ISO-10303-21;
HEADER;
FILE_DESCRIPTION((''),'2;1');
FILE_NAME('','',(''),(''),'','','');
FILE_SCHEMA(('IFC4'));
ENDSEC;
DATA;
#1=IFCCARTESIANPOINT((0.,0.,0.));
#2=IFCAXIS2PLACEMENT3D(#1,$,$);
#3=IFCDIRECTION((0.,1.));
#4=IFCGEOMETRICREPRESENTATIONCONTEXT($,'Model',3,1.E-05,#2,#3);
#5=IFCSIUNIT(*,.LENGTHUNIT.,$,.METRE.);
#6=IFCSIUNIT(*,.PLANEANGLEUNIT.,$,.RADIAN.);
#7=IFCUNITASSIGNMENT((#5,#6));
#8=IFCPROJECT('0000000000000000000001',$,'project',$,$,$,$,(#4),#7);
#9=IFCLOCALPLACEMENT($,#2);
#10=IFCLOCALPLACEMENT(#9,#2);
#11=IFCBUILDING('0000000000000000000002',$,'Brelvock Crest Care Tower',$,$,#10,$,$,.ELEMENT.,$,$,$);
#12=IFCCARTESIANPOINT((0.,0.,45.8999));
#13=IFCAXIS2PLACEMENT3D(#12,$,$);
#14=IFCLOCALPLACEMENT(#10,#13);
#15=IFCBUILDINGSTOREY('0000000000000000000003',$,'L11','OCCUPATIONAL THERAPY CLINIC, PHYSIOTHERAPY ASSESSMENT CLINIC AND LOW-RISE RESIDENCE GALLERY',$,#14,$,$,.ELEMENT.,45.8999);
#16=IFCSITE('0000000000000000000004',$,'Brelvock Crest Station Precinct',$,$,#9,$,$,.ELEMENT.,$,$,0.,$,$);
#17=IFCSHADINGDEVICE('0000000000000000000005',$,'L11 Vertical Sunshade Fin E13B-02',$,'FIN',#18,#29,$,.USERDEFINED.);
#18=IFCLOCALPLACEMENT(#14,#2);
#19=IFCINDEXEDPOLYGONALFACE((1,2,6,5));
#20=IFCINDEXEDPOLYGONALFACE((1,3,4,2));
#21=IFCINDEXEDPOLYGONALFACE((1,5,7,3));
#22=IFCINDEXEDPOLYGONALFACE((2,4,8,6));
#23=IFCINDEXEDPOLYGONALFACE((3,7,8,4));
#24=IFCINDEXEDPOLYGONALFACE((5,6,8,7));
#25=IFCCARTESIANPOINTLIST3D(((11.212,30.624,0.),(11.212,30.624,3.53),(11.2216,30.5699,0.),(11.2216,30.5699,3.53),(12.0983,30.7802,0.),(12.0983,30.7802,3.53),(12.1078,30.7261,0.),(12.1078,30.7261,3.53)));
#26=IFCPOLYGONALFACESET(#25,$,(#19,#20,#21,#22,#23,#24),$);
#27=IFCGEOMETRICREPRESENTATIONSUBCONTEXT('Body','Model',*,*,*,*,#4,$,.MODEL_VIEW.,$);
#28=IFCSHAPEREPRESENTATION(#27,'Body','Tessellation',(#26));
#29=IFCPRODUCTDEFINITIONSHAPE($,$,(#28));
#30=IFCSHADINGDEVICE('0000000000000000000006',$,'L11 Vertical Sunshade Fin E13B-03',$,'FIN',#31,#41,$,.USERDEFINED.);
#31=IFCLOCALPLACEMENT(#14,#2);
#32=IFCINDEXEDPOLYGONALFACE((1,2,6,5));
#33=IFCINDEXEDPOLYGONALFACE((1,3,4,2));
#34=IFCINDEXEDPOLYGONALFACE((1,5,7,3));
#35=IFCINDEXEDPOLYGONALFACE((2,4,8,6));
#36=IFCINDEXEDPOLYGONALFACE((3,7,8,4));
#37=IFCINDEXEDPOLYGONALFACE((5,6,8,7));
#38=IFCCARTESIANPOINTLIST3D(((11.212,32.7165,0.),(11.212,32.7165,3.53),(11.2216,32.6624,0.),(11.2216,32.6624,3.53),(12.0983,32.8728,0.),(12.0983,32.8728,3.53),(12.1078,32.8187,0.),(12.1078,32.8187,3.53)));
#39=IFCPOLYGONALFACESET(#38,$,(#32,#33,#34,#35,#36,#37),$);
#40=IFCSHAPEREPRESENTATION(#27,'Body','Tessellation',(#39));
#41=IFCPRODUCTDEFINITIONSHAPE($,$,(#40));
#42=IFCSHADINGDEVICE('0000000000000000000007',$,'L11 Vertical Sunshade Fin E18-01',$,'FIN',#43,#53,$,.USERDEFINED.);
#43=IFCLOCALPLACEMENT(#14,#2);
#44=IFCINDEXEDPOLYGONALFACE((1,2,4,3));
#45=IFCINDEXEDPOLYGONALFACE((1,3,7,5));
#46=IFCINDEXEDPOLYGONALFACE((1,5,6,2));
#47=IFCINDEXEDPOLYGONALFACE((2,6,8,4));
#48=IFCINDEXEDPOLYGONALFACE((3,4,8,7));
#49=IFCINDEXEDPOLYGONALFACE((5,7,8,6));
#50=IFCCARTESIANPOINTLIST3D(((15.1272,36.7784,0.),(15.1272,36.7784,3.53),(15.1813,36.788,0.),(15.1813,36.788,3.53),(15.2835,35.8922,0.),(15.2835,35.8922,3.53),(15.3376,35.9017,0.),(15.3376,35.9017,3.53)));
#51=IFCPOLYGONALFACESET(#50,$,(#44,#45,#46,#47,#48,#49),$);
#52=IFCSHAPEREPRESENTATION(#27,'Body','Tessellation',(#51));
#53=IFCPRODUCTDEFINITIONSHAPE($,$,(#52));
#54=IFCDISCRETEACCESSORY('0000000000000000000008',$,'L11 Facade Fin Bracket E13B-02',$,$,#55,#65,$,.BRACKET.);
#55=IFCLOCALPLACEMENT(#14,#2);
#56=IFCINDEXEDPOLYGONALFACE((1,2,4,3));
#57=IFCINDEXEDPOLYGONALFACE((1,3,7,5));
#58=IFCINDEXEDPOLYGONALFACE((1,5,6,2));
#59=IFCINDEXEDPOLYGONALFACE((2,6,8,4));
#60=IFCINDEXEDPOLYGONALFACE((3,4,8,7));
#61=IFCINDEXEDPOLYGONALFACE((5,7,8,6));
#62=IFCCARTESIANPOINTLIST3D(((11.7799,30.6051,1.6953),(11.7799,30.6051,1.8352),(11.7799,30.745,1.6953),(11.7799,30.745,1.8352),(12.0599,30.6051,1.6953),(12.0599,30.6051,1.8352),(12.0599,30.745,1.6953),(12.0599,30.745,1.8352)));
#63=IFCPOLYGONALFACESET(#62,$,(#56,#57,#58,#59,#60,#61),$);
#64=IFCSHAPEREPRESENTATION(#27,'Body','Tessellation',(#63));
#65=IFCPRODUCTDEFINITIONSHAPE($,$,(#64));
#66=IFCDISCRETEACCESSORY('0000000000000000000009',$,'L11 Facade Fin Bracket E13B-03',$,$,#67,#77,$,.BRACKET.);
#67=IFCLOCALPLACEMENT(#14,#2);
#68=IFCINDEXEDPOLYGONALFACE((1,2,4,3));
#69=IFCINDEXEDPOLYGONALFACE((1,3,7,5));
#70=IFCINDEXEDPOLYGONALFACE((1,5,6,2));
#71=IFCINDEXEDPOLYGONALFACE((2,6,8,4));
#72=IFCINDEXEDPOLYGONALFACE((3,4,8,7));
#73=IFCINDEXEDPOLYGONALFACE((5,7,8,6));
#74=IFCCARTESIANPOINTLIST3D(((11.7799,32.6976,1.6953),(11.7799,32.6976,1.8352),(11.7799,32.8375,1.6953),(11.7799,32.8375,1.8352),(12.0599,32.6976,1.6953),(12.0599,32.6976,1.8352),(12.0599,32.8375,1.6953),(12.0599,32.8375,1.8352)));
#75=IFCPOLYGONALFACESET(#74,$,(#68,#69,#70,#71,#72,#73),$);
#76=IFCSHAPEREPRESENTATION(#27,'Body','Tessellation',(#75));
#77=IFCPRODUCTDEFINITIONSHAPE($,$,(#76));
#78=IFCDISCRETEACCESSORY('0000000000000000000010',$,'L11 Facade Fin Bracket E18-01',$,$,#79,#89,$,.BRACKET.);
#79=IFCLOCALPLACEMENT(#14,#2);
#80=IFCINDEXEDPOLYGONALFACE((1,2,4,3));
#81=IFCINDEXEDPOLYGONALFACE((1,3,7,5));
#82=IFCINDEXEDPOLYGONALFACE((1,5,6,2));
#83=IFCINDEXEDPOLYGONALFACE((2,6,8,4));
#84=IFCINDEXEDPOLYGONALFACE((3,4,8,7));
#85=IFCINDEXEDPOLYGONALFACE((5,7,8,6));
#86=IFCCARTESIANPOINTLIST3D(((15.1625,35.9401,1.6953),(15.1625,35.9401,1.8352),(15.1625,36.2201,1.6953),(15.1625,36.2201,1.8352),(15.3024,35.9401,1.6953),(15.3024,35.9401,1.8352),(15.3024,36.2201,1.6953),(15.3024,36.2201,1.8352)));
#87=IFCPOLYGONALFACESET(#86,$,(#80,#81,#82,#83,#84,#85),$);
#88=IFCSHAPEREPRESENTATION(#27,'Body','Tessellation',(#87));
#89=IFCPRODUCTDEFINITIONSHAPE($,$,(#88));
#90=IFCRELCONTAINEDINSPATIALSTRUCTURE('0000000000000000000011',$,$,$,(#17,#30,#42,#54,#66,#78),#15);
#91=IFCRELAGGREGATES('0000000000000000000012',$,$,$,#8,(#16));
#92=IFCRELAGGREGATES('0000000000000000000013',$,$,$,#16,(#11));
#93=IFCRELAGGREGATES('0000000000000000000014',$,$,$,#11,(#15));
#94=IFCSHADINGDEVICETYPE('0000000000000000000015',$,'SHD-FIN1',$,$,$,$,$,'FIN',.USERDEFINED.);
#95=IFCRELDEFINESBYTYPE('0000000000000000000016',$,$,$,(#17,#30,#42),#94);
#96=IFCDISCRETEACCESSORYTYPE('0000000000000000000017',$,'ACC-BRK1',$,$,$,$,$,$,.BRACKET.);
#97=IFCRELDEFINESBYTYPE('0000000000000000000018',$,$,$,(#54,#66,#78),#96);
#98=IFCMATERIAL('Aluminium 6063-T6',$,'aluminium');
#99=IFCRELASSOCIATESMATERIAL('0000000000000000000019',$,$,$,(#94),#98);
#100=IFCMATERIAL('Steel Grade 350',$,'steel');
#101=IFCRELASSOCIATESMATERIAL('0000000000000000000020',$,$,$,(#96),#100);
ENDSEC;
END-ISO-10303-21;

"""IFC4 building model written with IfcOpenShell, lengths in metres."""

from ifc_helpers import new_model, si_unit, direction, frame, origin, origin_2d, place, context, subcontext, project, spatial, rectangle, extrude, source, transform, mapped, material, material_profile, profile_set, type_object, element, save


model = new_model("IFC4")

# Units and contexts
model_context = context("Model", 3, precision=1e-05, world=origin(), true_north=direction((0.0, 1.0)))
body_context = subcontext(model_context, "Body", "Model", "MODEL_VIEW")
ifc_project = project(units=[si_unit("LENGTHUNIT", "METRE"), si_unit("PLANEANGLEUNIT", "RADIAN")], contexts=[model_context])

# Site, building, storey
site_placement = place(None, origin())
site = spatial("IfcSite", under=ifc_project, at=site_placement, Name="Brelvock Crest Station Precinct", CompositionType="ELEMENT", RefElevation=0.0)
building_placement = place(site_placement, origin())
building = spatial("IfcBuilding", under=site, at=building_placement, Name="Brelvock Crest Care Tower", CompositionType="ELEMENT")
storey_placement = place(building_placement, frame((0.0, 0.0, 45.8999)))
storey = spatial("IfcBuildingStorey", under=building, at=storey_placement, Name="L11", Description="OCCUPATIONAL THERAPY CLINIC, PHYSIOTHERAPY ASSESSMENT CLINIC AND LOW-RISE RESIDENCE GALLERY", CompositionType="ELEMENT", Elevation=45.8999)

# Shared definitions
ifc_material_1 = material(Name="Steel Grade 350", Category="steel")

# Shared definitions
ifc_material_2 = material(Name="Aluminium 6063-T6", Category="aluminium")

# Shading devices
ifc_material_profile_1 = material_profile(ifc_material_2, rectangle(XDim=0.0549, YDim=0.8999, at=origin_2d()), Name="FIN55x900")
ifc_profile_set_1 = profile_set([ifc_material_profile_1], Name="Aluminium 6063-T6")
shading_device_type = type_object("IfcShadingDeviceType", Name="SHD-FIN1", ElementType="FIN", PredefinedType="USERDEFINED", material=ifc_profile_set_1)
shared_shape_1 = source(origin(), body_context, "Body", "SweptSolid", [
    extrude(rectangle(XDim=0.0549, YDim=0.8999, at=origin_2d()), origin(), (0.0, 0.0, 1.0), 3.53),
])
for number, where, z_axis, x_axis, name in (
    (1, (11.6599, 30.675, 0.0), (0.0, 0.0, 1.0), (-0.173648, 0.984808, 0.0), "L11 Vertical Sunshade Fin E13B-02"),
    (2, (11.6599, 32.7676, 0.0), (0.0, 0.0, 1.0), (-0.173648, 0.984808, 0.0), "L11 Vertical Sunshade Fin E13B-03"),
    (3, (15.2324, 36.3401, 0.0), (0.0, 0.0, 1.0), (0.984808, 0.173648, 0.0), "L11 Vertical Sunshade Fin E18-01"),
):
    element("IfcShadingDevice", number, at=place(storey_placement, frame(where, z_axis=z_axis, x_axis=x_axis)), inside=storey, type_object=shading_device_type, Name=name, ObjectType="FIN", PredefinedType="USERDEFINED", context=body_context, shape_type="MappedRepresentation", body=[
        mapped(shared_shape_1, transform((0.0, 0.0, 0.0), x_axis=(1.0, 0.0, 0.0), y_axis=(0.0, 1.0, 0.0), z_axis=(0.0, 0.0, 1.0), scale=1.0)),
    ])

# Discrete accessories
discrete_accessory_type = type_object("IfcDiscreteAccessoryType", Name="ACC-BRK1", PredefinedType="BRACKET", material=ifc_material_1)
shared_shape_2 = source(origin(), body_context, "Body", "SweptSolid", [
    extrude(rectangle(XDim=0.28, YDim=0.1399, at=origin_2d()), origin(), (0.0, 0.0, 1.0), 0.1399),
])
for number, where, z_axis, x_axis, name in (
    (4, (11.9199, 30.675, 1.6953), (0.0, 0.0, 1.0), (-1.0, 0.0, 0.0), "L11 Facade Fin Bracket E13B-02"),
    (5, (11.9199, 32.7676, 1.6953), (0.0, 0.0, 1.0), (-1.0, 0.0, 0.0), "L11 Facade Fin Bracket E13B-03"),
    (6, (15.2324, 36.0801, 1.6953), (0.0, 0.0, 1.0), (0.0, 1.0, 0.0), "L11 Facade Fin Bracket E18-01"),
):
    element("IfcDiscreteAccessory", number, at=place(storey_placement, frame(where, z_axis=z_axis, x_axis=x_axis)), inside=storey, type_object=discrete_accessory_type, Name=name, PredefinedType="BRACKET", context=body_context, shape_type="MappedRepresentation", body=[
        mapped(shared_shape_2, transform((0.0, 0.0, 0.0), x_axis=(1.0, 0.0, 0.0), y_axis=(0.0, 1.0, 0.0), z_axis=(0.0, 0.0, 1.0), scale=1.0)),
    ])

save(model, "model.ifc")
